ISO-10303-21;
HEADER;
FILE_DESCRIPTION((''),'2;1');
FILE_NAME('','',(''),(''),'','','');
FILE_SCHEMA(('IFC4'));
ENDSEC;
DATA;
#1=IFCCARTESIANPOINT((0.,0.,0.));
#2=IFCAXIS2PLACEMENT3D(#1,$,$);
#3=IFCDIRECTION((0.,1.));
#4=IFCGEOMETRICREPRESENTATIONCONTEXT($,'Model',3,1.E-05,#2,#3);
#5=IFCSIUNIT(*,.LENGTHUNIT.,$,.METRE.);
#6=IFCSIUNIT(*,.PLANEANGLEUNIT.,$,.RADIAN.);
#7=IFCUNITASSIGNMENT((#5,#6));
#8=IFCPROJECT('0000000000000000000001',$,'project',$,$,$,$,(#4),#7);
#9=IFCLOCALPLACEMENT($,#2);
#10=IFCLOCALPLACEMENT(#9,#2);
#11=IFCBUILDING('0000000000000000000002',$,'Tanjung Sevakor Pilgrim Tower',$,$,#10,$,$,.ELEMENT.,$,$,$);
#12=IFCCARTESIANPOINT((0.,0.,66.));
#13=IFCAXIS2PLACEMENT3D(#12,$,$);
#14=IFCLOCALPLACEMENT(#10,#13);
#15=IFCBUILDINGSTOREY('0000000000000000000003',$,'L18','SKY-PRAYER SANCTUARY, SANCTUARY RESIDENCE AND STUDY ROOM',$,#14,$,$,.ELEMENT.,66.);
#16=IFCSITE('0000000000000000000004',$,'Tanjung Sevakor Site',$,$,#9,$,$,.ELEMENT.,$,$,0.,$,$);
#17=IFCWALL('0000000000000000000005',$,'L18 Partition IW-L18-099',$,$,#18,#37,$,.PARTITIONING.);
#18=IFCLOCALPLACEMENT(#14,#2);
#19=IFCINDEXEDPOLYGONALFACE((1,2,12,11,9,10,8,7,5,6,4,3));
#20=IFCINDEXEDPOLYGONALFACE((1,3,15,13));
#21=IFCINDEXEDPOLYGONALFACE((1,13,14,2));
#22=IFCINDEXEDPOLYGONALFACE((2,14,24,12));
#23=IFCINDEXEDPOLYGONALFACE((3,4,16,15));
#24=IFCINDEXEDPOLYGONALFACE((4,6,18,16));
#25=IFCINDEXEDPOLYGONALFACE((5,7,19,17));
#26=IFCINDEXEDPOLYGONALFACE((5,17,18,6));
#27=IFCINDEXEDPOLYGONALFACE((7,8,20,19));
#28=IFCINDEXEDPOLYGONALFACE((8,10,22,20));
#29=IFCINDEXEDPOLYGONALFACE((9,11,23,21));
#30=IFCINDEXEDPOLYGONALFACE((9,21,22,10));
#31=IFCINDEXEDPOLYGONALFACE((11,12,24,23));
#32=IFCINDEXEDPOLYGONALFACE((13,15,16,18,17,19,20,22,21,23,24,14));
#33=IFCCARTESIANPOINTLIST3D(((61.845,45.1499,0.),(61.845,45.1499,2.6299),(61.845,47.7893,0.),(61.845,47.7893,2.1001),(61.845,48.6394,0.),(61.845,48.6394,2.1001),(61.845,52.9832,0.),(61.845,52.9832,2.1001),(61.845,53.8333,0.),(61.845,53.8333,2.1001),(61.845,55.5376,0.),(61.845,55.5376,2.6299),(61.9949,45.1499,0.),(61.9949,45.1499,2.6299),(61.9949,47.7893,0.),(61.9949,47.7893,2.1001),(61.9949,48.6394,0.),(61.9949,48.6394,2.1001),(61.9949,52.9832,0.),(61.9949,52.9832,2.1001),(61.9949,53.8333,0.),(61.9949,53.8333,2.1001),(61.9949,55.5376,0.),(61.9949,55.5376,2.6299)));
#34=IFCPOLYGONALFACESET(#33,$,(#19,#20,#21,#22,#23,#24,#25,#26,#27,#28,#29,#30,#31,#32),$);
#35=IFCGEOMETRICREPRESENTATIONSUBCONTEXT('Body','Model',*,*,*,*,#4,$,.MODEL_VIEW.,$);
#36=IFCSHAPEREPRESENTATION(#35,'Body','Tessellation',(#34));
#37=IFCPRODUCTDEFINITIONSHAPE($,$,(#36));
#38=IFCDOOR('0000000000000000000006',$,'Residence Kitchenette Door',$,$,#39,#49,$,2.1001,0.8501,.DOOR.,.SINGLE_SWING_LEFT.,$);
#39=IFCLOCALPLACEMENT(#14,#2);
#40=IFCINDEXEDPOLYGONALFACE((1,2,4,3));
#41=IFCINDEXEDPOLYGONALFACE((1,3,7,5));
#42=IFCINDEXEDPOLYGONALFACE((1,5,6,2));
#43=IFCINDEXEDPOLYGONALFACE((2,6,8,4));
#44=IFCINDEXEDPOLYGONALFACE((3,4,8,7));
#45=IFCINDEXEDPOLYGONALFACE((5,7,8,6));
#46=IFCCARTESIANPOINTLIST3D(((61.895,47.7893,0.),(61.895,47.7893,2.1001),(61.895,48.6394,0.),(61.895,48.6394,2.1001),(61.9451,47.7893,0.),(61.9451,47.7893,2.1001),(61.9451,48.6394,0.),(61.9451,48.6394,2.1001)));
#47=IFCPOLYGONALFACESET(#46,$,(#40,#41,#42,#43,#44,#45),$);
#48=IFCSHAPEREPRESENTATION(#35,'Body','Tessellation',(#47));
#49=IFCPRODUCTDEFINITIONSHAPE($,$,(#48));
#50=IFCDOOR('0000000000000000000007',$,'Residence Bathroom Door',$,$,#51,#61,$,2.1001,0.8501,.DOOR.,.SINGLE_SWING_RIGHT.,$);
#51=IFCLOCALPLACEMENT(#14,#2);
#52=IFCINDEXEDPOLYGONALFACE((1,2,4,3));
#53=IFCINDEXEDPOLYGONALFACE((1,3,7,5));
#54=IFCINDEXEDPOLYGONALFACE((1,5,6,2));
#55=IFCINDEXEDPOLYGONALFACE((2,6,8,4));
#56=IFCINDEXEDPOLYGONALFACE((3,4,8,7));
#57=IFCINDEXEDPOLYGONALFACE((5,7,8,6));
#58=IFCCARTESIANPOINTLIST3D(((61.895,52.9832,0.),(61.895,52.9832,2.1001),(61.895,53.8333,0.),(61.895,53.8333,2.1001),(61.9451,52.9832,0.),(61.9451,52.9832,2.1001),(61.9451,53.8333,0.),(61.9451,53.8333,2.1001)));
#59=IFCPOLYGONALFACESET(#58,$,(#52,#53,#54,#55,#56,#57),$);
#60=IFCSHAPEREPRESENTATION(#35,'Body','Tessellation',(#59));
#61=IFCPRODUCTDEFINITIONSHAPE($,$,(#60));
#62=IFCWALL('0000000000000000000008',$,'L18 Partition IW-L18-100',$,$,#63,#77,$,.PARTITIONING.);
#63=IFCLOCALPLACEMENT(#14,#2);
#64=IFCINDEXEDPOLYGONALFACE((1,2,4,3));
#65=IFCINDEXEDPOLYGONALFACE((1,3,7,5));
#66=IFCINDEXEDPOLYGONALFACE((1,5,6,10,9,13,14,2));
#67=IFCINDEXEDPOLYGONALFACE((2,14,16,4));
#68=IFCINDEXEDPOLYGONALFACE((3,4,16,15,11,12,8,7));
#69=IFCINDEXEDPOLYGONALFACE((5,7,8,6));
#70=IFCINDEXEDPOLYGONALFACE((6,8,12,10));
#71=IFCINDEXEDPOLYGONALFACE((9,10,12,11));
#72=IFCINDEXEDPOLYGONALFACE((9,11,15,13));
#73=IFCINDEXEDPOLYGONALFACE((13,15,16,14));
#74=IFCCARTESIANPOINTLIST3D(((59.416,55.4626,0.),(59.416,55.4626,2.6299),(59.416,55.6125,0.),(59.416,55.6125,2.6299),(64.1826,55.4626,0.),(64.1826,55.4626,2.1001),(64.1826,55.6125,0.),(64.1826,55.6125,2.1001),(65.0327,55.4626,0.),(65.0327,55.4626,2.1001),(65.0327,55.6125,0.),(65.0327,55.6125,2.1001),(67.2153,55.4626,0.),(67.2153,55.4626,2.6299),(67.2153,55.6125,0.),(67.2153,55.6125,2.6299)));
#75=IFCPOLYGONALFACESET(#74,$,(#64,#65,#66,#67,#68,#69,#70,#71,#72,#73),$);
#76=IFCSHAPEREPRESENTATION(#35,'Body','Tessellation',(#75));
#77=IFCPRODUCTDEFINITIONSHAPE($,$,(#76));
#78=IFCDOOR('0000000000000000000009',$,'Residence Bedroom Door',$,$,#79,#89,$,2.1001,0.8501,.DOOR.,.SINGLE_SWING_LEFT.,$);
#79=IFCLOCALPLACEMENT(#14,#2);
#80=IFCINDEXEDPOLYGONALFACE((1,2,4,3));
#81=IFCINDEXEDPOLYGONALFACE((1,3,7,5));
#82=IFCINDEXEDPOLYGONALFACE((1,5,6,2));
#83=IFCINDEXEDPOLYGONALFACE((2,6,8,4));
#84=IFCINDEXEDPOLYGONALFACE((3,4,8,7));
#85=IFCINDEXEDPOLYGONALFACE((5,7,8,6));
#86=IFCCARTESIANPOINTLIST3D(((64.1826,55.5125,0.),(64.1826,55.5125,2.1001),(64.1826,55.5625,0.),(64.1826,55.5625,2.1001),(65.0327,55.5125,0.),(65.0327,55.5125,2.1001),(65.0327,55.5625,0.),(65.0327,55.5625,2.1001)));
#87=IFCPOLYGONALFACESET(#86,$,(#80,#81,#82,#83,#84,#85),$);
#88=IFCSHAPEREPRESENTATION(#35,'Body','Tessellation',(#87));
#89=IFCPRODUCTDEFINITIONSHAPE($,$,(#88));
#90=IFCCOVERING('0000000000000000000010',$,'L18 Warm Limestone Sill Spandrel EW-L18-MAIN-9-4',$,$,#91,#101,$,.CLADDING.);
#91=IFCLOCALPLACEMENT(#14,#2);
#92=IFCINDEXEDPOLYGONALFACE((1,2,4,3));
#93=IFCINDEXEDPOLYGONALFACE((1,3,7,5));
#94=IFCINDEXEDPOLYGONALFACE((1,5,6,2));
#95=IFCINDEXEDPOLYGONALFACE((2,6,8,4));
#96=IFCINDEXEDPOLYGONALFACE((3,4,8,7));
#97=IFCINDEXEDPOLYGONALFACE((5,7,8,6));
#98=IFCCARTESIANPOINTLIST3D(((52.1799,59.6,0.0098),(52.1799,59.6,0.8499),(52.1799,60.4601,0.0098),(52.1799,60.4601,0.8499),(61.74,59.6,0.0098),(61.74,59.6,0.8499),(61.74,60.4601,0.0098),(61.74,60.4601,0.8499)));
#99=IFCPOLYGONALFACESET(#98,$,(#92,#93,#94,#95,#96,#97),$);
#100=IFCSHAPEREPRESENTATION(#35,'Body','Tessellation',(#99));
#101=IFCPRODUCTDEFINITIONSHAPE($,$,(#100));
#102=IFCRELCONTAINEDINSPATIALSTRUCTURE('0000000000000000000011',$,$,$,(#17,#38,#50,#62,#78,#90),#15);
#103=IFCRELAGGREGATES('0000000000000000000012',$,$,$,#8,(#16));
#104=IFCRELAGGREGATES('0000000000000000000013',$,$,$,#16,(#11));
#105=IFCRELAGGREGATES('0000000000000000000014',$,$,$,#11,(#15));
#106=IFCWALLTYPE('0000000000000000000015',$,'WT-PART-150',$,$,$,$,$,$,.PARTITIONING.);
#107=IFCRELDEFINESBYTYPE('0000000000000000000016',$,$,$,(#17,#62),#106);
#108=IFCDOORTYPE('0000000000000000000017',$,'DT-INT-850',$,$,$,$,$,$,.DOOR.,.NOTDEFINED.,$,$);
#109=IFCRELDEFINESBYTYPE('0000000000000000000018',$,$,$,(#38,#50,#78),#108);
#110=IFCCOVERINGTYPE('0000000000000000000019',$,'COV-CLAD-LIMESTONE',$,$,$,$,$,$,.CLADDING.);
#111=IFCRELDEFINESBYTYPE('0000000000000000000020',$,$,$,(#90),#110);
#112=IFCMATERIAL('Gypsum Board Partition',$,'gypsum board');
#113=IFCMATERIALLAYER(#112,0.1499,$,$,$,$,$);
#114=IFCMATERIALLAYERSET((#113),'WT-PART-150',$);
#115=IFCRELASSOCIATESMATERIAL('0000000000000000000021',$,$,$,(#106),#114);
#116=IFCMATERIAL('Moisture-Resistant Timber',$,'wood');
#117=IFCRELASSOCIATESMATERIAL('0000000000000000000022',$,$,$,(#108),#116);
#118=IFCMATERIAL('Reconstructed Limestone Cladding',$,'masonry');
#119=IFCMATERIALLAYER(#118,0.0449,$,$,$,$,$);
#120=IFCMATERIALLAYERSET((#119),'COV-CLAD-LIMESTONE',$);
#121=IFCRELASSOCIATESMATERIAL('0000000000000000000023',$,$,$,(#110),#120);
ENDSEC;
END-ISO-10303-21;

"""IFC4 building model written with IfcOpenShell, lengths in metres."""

from ifc_helpers import new_model, si_unit, direction, frame, frame_2d, origin, origin_2d, place, context, subcontext, project, spatial, rectangle, extrude, material, layer, layer_set, type_object, element, fill, save


model = new_model("IFC4")

# Units and contexts
model_context = context("Model", 3, precision=1e-05, world=origin(), true_north=direction((0.0, 1.0)))
body_context = subcontext(model_context, "Body", "Model", "MODEL_VIEW")
ifc_project = project(units=[si_unit("LENGTHUNIT", "METRE"), si_unit("PLANEANGLEUNIT", "RADIAN")], contexts=[model_context])

# Site, building, storey
site_placement = place(None, origin())
site = spatial("IfcSite", under=ifc_project, at=site_placement, Name="Tanjung Sevakor Site", CompositionType="ELEMENT", RefElevation=0.0)
building_placement = place(site_placement, origin())
building = spatial("IfcBuilding", under=site, at=building_placement, Name="Tanjung Sevakor Pilgrim Tower", CompositionType="ELEMENT")
storey_placement = place(building_placement, frame((0.0, 0.0, 66.0)))
storey = spatial("IfcBuildingStorey", under=building, at=storey_placement, Name="L18", Description="SKY-PRAYER SANCTUARY, SANCTUARY RESIDENCE AND STUDY ROOM", CompositionType="ELEMENT", Elevation=66.0)

# Shared definitions
ifc_material_1 = material(Name="Gypsum Board Partition", Category="gypsum board")
ifc_layer_1 = layer(ifc_material_1, 0.1499)
ifc_layer_set_1 = layer_set([ifc_layer_1], Name="WT-PART-150")
wall_type_1 = type_object("IfcWallType", Name="WT-PART-150", PredefinedType="PARTITIONING", material=ifc_layer_set_1)

# Wall, openings, doors
wall_1_placement = place(storey_placement, frame((61.9199, 45.1499, 0.0), z_axis=(0.0, 0.0, 1.0), x_axis=(0.0, 1.0, 0.0)))
wall_1 = element("IfcWall", 1, at=wall_1_placement, inside=storey, type_object=wall_type_1, Name="L18 Partition IW-L18-099", PredefinedType="PARTITIONING", context=body_context, shape_type="SweptSolid", body=[
    extrude(rectangle(XDim=10.3877, YDim=0.1499, at=frame_2d((5.1938, 0.0))), origin(), (0.0, 0.0, 1.0), 2.6299),
])
opening_1_placement = place(wall_1_placement, frame((2.6394, 0.0, 0.0)))
opening_1 = element("IfcOpeningElement", 2, at=opening_1_placement, cuts=wall_1, PredefinedType="OPENING", context=body_context, shape_type="SweptSolid", body=[
    extrude(rectangle(XDim=0.8501, YDim=2.1001, at=frame_2d((0.425, 1.05))), frame((0.0, 0.085, 0.0), z_axis=(0.0, -1.0, 0.0), x_axis=(1.0, 0.0, 0.0)), (0.0, 0.0, 1.0), 0.1699),
])
opening_2_placement = place(wall_1_placement, frame((7.8333, 0.0, 0.0)))
opening_2 = element("IfcOpeningElement", 3, at=opening_2_placement, cuts=wall_1, PredefinedType="OPENING", context=body_context, shape_type="SweptSolid", body=[
    extrude(rectangle(XDim=0.8501, YDim=2.1001, at=frame_2d((0.425, 1.05))), frame((0.0, 0.085, 0.0), z_axis=(0.0, -1.0, 0.0), x_axis=(1.0, 0.0, 0.0)), (0.0, 0.0, 1.0), 0.1699),
])
ifc_material_2 = material(Name="Moisture-Resistant Timber", Category="wood")
door_type_1 = type_object("IfcDoorType", Name="DT-INT-850", OperationType="NOTDEFINED", PredefinedType="DOOR", material=ifc_material_2)
door_1_placement = place(opening_1_placement, origin())
door_1 = element("IfcDoor", 4, at=door_1_placement, inside=storey, type_object=door_type_1, Name="Residence Kitchenette Door", OperationType="SINGLE_SWING_LEFT", OverallHeight=2.1001, OverallWidth=0.8501, PredefinedType="DOOR", context=body_context, shape_type="SweptSolid", body=[
    extrude(rectangle(XDim=0.8501, YDim=2.1001, at=frame_2d((0.425, 1.05))), frame((0.0, 0.0249, 0.0), z_axis=(0.0, -1.0, 0.0), x_axis=(1.0, 0.0, 0.0)), (0.0, 0.0, 1.0), 0.05),
])
fill(opening_1, door_1)
door_2_placement = place(opening_2_placement, origin())
door_2 = element("IfcDoor", 5, at=door_2_placement, inside=storey, type_object=door_type_1, Name="Residence Bathroom Door", OperationType="SINGLE_SWING_RIGHT", OverallHeight=2.1001, OverallWidth=0.8501, PredefinedType="DOOR", context=body_context, shape_type="SweptSolid", body=[
    extrude(rectangle(XDim=0.8501, YDim=2.1001, at=frame_2d((0.425, 1.05))), frame((0.0, 0.0249, 0.0), z_axis=(0.0, -1.0, 0.0), x_axis=(1.0, 0.0, 0.0)), (0.0, 0.0, 1.0), 0.05),
])
fill(opening_2, door_2)

# Wall, opening, door
wall_2_placement = place(storey_placement, frame((59.416, 55.5376, 0.0), z_axis=(0.0, 0.0, 1.0), x_axis=(1.0, 0.0, 0.0)))
wall_2 = element("IfcWall", 6, at=wall_2_placement, inside=storey, type_object=wall_type_1, Name="L18 Partition IW-L18-100", PredefinedType="PARTITIONING", context=body_context, shape_type="SweptSolid", body=[
    extrude(rectangle(XDim=7.7993, YDim=0.1499, at=frame_2d((3.8997, 0.0))), origin(), (0.0, 0.0, 1.0), 2.6299),
])
opening_3_placement = place(wall_2_placement, frame((4.7666, 0.0, 0.0)))
opening_3 = element("IfcOpeningElement", 7, at=opening_3_placement, cuts=wall_2, PredefinedType="OPENING", context=body_context, shape_type="SweptSolid", body=[
    extrude(rectangle(XDim=0.8501, YDim=2.1001, at=frame_2d((0.425, 1.05))), frame((0.0, 0.085, 0.0), z_axis=(0.0, -1.0, 0.0), x_axis=(1.0, 0.0, 0.0)), (0.0, 0.0, 1.0), 0.1699),
])
door_3_placement = place(opening_3_placement, origin())
door_3 = element("IfcDoor", 8, at=door_3_placement, inside=storey, type_object=door_type_1, Name="Residence Bedroom Door", OperationType="SINGLE_SWING_LEFT", OverallHeight=2.1001, OverallWidth=0.8501, PredefinedType="DOOR", context=body_context, shape_type="SweptSolid", body=[
    extrude(rectangle(XDim=0.8501, YDim=2.1001, at=frame_2d((0.425, 1.05))), frame((0.0, 0.0249, 0.0), z_axis=(0.0, -1.0, 0.0), x_axis=(1.0, 0.0, 0.0)), (0.0, 0.0, 1.0), 0.05),
])
fill(opening_3, door_3)

# Covering
ifc_material_3 = material(Name="Reconstructed Limestone Cladding", Category="masonry")
ifc_layer_2 = layer(ifc_material_3, 0.0449)
ifc_layer_set_2 = layer_set([ifc_layer_2], Name="COV-CLAD-LIMESTONE")
covering_type = type_object("IfcCoveringType", Name="COV-CLAD-LIMESTONE", PredefinedType="CLADDING", material=ifc_layer_set_2)
covering_placement = place(storey_placement, frame((56.96, 60.03, 0.0098), z_axis=(0.0, 0.0, 1.0), x_axis=(-1.0, 0.0, 0.0)))
element("IfcCovering", 9, at=covering_placement, inside=storey, type_object=covering_type, Name="L18 Warm Limestone Sill Spandrel EW-L18-MAIN-9-4", PredefinedType="CLADDING", context=body_context, shape_type="SweptSolid", body=[
    extrude(rectangle(XDim=9.5601, YDim=0.8601, at=origin_2d()), origin(), (0.0, 0.0, 1.0), 0.8401),
])

save(model, "model.ifc")
